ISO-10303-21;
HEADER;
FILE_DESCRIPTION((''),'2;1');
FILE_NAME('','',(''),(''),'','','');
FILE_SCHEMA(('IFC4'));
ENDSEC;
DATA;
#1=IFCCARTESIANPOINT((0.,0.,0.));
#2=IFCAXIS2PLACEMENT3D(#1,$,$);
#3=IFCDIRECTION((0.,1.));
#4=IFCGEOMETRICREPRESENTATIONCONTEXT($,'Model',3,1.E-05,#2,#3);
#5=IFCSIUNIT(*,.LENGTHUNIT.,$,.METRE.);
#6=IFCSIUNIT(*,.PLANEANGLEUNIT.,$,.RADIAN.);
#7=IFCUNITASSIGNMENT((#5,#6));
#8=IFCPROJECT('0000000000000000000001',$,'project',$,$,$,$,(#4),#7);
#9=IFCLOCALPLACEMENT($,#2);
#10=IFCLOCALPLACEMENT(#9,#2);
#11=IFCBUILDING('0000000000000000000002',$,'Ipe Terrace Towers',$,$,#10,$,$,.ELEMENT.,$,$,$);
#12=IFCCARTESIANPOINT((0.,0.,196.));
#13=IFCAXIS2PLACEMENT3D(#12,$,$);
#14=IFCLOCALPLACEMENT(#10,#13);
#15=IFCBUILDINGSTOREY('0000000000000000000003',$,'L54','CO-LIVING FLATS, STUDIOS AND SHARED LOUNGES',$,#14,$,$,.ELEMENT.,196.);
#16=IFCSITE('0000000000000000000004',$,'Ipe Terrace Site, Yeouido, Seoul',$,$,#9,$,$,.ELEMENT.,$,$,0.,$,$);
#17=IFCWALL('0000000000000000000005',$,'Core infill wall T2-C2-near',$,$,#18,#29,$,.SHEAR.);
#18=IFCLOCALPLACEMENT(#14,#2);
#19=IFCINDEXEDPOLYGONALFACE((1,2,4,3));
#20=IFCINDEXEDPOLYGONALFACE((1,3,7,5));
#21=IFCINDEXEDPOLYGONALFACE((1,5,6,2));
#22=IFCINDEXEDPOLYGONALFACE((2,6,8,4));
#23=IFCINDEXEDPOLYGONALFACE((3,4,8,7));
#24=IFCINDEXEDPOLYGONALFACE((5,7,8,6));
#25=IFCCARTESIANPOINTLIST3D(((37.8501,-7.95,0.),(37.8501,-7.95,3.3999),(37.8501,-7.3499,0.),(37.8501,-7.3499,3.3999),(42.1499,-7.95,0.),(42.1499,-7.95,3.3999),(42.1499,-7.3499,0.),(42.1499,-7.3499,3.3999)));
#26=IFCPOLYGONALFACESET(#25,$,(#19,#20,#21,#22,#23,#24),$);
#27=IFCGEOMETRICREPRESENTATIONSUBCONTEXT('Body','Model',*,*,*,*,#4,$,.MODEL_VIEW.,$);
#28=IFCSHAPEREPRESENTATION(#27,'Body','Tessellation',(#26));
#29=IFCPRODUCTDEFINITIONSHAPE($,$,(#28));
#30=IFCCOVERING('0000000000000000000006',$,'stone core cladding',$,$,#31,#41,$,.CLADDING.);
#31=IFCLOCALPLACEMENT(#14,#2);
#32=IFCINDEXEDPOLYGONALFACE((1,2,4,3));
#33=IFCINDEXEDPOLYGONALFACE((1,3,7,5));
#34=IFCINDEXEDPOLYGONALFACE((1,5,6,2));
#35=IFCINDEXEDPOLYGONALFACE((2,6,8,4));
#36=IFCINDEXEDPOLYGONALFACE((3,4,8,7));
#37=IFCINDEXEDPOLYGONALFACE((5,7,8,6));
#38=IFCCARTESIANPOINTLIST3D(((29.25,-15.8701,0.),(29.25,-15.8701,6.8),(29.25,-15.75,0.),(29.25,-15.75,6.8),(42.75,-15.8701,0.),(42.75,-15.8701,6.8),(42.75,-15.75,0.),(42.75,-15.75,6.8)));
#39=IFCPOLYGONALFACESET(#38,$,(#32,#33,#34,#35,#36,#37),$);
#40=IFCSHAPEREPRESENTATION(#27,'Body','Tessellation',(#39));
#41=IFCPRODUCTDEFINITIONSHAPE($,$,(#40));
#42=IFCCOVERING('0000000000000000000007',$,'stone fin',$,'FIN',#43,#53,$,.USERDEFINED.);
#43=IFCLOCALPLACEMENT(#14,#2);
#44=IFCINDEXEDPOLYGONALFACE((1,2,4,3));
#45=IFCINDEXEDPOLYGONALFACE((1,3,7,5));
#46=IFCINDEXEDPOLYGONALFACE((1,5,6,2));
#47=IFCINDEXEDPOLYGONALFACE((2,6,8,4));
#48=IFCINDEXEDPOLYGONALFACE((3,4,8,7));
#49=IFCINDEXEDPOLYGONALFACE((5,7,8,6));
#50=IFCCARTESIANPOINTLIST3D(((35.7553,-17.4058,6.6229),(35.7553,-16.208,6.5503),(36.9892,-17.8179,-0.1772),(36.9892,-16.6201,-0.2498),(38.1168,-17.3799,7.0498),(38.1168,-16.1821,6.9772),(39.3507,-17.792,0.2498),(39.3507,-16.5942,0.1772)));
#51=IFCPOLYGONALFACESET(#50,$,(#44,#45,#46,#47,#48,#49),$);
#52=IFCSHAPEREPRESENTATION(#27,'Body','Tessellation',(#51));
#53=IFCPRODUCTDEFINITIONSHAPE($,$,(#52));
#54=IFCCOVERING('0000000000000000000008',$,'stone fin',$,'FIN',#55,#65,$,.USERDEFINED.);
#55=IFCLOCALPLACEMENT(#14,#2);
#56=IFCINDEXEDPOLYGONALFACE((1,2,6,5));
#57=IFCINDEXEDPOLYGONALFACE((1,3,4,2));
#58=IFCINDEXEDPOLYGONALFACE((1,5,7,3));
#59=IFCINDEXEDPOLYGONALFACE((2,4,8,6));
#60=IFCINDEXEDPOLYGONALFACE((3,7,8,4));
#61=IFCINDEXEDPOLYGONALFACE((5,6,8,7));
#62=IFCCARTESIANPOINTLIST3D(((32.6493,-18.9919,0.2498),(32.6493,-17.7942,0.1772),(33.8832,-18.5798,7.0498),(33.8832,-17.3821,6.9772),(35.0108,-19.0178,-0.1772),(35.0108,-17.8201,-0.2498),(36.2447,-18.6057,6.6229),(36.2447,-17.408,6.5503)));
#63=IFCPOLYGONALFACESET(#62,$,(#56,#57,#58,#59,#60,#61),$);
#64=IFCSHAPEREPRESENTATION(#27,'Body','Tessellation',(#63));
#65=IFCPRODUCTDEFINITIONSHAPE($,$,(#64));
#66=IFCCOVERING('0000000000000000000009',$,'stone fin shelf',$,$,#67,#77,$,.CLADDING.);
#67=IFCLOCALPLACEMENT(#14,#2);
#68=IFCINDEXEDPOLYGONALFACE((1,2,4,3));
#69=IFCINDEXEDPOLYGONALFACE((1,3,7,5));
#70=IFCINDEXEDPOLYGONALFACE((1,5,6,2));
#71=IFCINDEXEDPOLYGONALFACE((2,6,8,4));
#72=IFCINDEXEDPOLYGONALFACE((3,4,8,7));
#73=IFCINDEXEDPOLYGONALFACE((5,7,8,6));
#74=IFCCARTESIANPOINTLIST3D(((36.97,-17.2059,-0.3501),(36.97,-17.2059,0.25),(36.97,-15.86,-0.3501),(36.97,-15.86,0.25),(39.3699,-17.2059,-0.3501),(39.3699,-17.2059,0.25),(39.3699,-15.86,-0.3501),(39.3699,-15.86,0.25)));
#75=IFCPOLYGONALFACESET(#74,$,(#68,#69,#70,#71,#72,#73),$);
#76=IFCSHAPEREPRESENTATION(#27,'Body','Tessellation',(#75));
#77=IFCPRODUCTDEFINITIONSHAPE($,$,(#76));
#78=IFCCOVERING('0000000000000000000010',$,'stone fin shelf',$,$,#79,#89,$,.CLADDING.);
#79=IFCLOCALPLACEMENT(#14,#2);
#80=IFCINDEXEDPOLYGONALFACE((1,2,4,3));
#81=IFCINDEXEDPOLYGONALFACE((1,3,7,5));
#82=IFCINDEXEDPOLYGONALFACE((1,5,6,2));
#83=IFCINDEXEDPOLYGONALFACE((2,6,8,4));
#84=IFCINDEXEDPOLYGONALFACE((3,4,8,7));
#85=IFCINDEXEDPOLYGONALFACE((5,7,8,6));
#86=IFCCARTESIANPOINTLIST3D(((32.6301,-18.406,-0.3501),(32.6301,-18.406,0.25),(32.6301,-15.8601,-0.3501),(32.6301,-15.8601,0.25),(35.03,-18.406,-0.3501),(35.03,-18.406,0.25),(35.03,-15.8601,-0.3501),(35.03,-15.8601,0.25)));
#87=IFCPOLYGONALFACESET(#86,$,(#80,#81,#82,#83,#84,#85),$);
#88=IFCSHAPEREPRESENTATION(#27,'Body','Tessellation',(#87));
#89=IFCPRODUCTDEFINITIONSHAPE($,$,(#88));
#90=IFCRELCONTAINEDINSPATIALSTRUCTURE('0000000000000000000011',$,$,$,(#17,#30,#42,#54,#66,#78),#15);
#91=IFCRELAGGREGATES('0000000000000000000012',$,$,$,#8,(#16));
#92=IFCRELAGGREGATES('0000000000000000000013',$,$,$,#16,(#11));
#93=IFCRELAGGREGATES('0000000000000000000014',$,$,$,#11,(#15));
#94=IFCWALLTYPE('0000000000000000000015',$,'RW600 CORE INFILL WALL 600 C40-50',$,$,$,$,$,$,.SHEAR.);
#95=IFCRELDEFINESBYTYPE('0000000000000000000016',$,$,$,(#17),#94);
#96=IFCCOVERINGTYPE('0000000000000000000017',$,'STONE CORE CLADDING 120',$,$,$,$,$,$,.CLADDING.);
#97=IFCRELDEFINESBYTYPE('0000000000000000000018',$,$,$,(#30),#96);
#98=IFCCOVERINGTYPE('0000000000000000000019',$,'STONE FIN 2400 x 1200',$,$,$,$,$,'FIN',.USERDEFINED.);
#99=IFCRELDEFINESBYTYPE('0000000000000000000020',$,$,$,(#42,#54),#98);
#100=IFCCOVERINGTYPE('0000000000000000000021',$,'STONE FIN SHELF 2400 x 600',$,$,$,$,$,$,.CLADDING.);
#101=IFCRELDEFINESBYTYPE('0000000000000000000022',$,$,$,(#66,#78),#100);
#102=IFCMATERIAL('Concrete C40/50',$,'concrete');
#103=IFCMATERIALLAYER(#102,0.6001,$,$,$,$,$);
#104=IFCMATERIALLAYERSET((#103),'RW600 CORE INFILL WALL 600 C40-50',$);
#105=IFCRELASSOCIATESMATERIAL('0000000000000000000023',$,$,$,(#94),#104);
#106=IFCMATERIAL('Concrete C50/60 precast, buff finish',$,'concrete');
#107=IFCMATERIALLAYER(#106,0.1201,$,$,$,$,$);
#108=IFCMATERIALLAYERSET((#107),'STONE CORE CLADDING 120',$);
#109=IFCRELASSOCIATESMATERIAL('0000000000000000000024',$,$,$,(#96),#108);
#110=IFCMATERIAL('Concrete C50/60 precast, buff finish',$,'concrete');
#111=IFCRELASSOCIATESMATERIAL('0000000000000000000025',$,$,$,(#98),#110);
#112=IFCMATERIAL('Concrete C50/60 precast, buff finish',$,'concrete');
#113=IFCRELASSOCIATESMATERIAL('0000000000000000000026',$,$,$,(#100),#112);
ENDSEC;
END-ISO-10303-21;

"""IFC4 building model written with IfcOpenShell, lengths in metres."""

from ifc_helpers import new_model, si_unit, direction, frame, frame_2d, origin, origin_2d, place, context, subcontext, project, spatial, rectangle, extrude, material, layer, layer_set, material_profile, profile_set, type_object, element, save


model = new_model("IFC4")

# Units and contexts
model_context = context("Model", 3, precision=1e-05, world=origin(), true_north=direction((0.0, 1.0)))
body_context = subcontext(model_context, "Body", "Model", "MODEL_VIEW")
ifc_project = project(units=[si_unit("LENGTHUNIT", "METRE"), si_unit("PLANEANGLEUNIT", "RADIAN")], contexts=[model_context])

# Site, building, storey
site_placement = place(None, origin())
site = spatial("IfcSite", under=ifc_project, at=site_placement, Name="Ipe Terrace Site, Yeouido, Seoul", CompositionType="ELEMENT", RefElevation=0.0)
building_placement = place(site_placement, origin())
building = spatial("IfcBuilding", under=site, at=building_placement, Name="Ipe Terrace Towers", CompositionType="ELEMENT")
storey_placement = place(building_placement, frame((0.0, 0.0, 196.0)))
storey = spatial("IfcBuildingStorey", under=building, at=storey_placement, Name="L54", Description="CO-LIVING FLATS, STUDIOS AND SHARED LOUNGES", CompositionType="ELEMENT", Elevation=196.0)

# Wall
ifc_material_1 = material(Name="Concrete C40/50", Category="concrete")
ifc_layer_1 = layer(ifc_material_1, 0.6001)
ifc_layer_set_1 = layer_set([ifc_layer_1], Name="RW600 CORE INFILL WALL 600 C40-50")
wall_type_1 = type_object("IfcWallType", Name="RW600 CORE INFILL WALL 600 C40-50", PredefinedType="SHEAR", material=ifc_layer_set_1)
for number, where, z_axis, x_axis, name in (
    (1, (37.8501, -7.6499, 0.0), (0.0, 0.0, 1.0), (1.0, 0.0, 0.0), "Core infill wall T2-C2-near"),
):
    element("IfcWall", number, at=place(storey_placement, frame(where, z_axis=z_axis, x_axis=x_axis)), inside=storey, type_object=wall_type_1, Name=name, PredefinedType="SHEAR", context=body_context, shape_type="SweptSolid", body=[
        extrude(rectangle(XDim=4.2998, YDim=0.6001, at=frame_2d((2.1499, 0.0))), origin(), (0.0, 0.0, 1.0), 3.3999),
    ])

# Coverings
ifc_material_2 = material(Name="Concrete C50/60 precast, buff finish", Category="concrete")
ifc_layer_2 = layer(ifc_material_2, 0.1201)
ifc_layer_set_2 = layer_set([ifc_layer_2], Name="STONE CORE CLADDING 120")
covering_type_1 = type_object("IfcCoveringType", Name="STONE CORE CLADDING 120", PredefinedType="CLADDING", material=ifc_layer_set_2)
covering_1_placement = place(storey_placement, frame((36.0, -15.8101, 0.0), z_axis=(0.0, 0.0, 1.0), x_axis=(1.0, 0.0, 0.0)))
element("IfcCovering", 2, at=covering_1_placement, inside=storey, type_object=covering_type_1, Name="stone core cladding", PredefinedType="CLADDING", context=body_context, shape_type="SweptSolid", body=[
    extrude(rectangle(XDim=13.5, YDim=0.1201, at=origin_2d()), origin(), (0.0, 0.0, 1.0), 6.8),
])
ifc_material_3 = material(Name="Concrete C50/60 precast, buff finish", Category="concrete")
ifc_material_profile = material_profile(ifc_material_3, rectangle(XDim=2.3999, YDim=1.2, at=origin_2d()), Name="STONE FIN 2400 x 1200")
ifc_profile_set = profile_set([ifc_material_profile], Name="Concrete C50/60 precast, buff finish")
covering_type_2 = type_object("IfcCoveringType", Name="STONE FIN 2400 x 1200", ElementType="FIN", PredefinedType="USERDEFINED", material=ifc_profile_set)
for number, where, z_axis, x_axis, name in (
    (3, (38.1699, -17.2061, 0.0), (-0.178221, 0.059524, 0.982188), (0.983991, 0.010781, 0.177894), "stone fin"),
    (4, (33.8301, -18.406, 0.0), (0.178221, 0.059524, 0.982188), (0.983991, -0.010781, -0.177894), "stone fin"),
):
    element("IfcCovering", number, at=place(storey_placement, frame(where, z_axis=z_axis, x_axis=x_axis)), inside=storey, type_object=covering_type_2, Name=name, ObjectType="FIN", PredefinedType="USERDEFINED", context=body_context, shape_type="SweptSolid", body=[
        extrude(rectangle(XDim=2.3999, YDim=1.2, at=origin_2d()), origin(), (0.0, 0.0, 1.0), 6.9233),
    ])
ifc_material_4 = material(Name="Concrete C50/60 precast, buff finish", Category="concrete")
covering_type_3 = type_object("IfcCoveringType", Name="STONE FIN SHELF 2400 x 600", PredefinedType="CLADDING", material=ifc_material_4)
covering_2_placement = place(storey_placement, frame((38.1699, -16.533, -0.3501), z_axis=(0.0, 0.0, 1.0), x_axis=(1.0, 0.0, 0.0)))
element("IfcCovering", 5, at=covering_2_placement, inside=storey, type_object=covering_type_3, Name="stone fin shelf", PredefinedType="CLADDING", context=body_context, shape_type="SweptSolid", body=[
    extrude(rectangle(XDim=2.3999, YDim=1.3459, at=origin_2d()), origin(), (0.0, 0.0, 1.0), 0.6001),
])
covering_3_placement = place(storey_placement, frame((33.8301, -17.1331, -0.3501), z_axis=(0.0, 0.0, 1.0), x_axis=(1.0, 0.0, 0.0)))
element("IfcCovering", 6, at=covering_3_placement, inside=storey, type_object=covering_type_3, Name="stone fin shelf", PredefinedType="CLADDING", context=body_context, shape_type="SweptSolid", body=[
    extrude(rectangle(XDim=2.3999, YDim=2.5459, at=origin_2d()), origin(), (0.0, 0.0, 1.0), 0.6001),
])

save(model, "model.ifc")
